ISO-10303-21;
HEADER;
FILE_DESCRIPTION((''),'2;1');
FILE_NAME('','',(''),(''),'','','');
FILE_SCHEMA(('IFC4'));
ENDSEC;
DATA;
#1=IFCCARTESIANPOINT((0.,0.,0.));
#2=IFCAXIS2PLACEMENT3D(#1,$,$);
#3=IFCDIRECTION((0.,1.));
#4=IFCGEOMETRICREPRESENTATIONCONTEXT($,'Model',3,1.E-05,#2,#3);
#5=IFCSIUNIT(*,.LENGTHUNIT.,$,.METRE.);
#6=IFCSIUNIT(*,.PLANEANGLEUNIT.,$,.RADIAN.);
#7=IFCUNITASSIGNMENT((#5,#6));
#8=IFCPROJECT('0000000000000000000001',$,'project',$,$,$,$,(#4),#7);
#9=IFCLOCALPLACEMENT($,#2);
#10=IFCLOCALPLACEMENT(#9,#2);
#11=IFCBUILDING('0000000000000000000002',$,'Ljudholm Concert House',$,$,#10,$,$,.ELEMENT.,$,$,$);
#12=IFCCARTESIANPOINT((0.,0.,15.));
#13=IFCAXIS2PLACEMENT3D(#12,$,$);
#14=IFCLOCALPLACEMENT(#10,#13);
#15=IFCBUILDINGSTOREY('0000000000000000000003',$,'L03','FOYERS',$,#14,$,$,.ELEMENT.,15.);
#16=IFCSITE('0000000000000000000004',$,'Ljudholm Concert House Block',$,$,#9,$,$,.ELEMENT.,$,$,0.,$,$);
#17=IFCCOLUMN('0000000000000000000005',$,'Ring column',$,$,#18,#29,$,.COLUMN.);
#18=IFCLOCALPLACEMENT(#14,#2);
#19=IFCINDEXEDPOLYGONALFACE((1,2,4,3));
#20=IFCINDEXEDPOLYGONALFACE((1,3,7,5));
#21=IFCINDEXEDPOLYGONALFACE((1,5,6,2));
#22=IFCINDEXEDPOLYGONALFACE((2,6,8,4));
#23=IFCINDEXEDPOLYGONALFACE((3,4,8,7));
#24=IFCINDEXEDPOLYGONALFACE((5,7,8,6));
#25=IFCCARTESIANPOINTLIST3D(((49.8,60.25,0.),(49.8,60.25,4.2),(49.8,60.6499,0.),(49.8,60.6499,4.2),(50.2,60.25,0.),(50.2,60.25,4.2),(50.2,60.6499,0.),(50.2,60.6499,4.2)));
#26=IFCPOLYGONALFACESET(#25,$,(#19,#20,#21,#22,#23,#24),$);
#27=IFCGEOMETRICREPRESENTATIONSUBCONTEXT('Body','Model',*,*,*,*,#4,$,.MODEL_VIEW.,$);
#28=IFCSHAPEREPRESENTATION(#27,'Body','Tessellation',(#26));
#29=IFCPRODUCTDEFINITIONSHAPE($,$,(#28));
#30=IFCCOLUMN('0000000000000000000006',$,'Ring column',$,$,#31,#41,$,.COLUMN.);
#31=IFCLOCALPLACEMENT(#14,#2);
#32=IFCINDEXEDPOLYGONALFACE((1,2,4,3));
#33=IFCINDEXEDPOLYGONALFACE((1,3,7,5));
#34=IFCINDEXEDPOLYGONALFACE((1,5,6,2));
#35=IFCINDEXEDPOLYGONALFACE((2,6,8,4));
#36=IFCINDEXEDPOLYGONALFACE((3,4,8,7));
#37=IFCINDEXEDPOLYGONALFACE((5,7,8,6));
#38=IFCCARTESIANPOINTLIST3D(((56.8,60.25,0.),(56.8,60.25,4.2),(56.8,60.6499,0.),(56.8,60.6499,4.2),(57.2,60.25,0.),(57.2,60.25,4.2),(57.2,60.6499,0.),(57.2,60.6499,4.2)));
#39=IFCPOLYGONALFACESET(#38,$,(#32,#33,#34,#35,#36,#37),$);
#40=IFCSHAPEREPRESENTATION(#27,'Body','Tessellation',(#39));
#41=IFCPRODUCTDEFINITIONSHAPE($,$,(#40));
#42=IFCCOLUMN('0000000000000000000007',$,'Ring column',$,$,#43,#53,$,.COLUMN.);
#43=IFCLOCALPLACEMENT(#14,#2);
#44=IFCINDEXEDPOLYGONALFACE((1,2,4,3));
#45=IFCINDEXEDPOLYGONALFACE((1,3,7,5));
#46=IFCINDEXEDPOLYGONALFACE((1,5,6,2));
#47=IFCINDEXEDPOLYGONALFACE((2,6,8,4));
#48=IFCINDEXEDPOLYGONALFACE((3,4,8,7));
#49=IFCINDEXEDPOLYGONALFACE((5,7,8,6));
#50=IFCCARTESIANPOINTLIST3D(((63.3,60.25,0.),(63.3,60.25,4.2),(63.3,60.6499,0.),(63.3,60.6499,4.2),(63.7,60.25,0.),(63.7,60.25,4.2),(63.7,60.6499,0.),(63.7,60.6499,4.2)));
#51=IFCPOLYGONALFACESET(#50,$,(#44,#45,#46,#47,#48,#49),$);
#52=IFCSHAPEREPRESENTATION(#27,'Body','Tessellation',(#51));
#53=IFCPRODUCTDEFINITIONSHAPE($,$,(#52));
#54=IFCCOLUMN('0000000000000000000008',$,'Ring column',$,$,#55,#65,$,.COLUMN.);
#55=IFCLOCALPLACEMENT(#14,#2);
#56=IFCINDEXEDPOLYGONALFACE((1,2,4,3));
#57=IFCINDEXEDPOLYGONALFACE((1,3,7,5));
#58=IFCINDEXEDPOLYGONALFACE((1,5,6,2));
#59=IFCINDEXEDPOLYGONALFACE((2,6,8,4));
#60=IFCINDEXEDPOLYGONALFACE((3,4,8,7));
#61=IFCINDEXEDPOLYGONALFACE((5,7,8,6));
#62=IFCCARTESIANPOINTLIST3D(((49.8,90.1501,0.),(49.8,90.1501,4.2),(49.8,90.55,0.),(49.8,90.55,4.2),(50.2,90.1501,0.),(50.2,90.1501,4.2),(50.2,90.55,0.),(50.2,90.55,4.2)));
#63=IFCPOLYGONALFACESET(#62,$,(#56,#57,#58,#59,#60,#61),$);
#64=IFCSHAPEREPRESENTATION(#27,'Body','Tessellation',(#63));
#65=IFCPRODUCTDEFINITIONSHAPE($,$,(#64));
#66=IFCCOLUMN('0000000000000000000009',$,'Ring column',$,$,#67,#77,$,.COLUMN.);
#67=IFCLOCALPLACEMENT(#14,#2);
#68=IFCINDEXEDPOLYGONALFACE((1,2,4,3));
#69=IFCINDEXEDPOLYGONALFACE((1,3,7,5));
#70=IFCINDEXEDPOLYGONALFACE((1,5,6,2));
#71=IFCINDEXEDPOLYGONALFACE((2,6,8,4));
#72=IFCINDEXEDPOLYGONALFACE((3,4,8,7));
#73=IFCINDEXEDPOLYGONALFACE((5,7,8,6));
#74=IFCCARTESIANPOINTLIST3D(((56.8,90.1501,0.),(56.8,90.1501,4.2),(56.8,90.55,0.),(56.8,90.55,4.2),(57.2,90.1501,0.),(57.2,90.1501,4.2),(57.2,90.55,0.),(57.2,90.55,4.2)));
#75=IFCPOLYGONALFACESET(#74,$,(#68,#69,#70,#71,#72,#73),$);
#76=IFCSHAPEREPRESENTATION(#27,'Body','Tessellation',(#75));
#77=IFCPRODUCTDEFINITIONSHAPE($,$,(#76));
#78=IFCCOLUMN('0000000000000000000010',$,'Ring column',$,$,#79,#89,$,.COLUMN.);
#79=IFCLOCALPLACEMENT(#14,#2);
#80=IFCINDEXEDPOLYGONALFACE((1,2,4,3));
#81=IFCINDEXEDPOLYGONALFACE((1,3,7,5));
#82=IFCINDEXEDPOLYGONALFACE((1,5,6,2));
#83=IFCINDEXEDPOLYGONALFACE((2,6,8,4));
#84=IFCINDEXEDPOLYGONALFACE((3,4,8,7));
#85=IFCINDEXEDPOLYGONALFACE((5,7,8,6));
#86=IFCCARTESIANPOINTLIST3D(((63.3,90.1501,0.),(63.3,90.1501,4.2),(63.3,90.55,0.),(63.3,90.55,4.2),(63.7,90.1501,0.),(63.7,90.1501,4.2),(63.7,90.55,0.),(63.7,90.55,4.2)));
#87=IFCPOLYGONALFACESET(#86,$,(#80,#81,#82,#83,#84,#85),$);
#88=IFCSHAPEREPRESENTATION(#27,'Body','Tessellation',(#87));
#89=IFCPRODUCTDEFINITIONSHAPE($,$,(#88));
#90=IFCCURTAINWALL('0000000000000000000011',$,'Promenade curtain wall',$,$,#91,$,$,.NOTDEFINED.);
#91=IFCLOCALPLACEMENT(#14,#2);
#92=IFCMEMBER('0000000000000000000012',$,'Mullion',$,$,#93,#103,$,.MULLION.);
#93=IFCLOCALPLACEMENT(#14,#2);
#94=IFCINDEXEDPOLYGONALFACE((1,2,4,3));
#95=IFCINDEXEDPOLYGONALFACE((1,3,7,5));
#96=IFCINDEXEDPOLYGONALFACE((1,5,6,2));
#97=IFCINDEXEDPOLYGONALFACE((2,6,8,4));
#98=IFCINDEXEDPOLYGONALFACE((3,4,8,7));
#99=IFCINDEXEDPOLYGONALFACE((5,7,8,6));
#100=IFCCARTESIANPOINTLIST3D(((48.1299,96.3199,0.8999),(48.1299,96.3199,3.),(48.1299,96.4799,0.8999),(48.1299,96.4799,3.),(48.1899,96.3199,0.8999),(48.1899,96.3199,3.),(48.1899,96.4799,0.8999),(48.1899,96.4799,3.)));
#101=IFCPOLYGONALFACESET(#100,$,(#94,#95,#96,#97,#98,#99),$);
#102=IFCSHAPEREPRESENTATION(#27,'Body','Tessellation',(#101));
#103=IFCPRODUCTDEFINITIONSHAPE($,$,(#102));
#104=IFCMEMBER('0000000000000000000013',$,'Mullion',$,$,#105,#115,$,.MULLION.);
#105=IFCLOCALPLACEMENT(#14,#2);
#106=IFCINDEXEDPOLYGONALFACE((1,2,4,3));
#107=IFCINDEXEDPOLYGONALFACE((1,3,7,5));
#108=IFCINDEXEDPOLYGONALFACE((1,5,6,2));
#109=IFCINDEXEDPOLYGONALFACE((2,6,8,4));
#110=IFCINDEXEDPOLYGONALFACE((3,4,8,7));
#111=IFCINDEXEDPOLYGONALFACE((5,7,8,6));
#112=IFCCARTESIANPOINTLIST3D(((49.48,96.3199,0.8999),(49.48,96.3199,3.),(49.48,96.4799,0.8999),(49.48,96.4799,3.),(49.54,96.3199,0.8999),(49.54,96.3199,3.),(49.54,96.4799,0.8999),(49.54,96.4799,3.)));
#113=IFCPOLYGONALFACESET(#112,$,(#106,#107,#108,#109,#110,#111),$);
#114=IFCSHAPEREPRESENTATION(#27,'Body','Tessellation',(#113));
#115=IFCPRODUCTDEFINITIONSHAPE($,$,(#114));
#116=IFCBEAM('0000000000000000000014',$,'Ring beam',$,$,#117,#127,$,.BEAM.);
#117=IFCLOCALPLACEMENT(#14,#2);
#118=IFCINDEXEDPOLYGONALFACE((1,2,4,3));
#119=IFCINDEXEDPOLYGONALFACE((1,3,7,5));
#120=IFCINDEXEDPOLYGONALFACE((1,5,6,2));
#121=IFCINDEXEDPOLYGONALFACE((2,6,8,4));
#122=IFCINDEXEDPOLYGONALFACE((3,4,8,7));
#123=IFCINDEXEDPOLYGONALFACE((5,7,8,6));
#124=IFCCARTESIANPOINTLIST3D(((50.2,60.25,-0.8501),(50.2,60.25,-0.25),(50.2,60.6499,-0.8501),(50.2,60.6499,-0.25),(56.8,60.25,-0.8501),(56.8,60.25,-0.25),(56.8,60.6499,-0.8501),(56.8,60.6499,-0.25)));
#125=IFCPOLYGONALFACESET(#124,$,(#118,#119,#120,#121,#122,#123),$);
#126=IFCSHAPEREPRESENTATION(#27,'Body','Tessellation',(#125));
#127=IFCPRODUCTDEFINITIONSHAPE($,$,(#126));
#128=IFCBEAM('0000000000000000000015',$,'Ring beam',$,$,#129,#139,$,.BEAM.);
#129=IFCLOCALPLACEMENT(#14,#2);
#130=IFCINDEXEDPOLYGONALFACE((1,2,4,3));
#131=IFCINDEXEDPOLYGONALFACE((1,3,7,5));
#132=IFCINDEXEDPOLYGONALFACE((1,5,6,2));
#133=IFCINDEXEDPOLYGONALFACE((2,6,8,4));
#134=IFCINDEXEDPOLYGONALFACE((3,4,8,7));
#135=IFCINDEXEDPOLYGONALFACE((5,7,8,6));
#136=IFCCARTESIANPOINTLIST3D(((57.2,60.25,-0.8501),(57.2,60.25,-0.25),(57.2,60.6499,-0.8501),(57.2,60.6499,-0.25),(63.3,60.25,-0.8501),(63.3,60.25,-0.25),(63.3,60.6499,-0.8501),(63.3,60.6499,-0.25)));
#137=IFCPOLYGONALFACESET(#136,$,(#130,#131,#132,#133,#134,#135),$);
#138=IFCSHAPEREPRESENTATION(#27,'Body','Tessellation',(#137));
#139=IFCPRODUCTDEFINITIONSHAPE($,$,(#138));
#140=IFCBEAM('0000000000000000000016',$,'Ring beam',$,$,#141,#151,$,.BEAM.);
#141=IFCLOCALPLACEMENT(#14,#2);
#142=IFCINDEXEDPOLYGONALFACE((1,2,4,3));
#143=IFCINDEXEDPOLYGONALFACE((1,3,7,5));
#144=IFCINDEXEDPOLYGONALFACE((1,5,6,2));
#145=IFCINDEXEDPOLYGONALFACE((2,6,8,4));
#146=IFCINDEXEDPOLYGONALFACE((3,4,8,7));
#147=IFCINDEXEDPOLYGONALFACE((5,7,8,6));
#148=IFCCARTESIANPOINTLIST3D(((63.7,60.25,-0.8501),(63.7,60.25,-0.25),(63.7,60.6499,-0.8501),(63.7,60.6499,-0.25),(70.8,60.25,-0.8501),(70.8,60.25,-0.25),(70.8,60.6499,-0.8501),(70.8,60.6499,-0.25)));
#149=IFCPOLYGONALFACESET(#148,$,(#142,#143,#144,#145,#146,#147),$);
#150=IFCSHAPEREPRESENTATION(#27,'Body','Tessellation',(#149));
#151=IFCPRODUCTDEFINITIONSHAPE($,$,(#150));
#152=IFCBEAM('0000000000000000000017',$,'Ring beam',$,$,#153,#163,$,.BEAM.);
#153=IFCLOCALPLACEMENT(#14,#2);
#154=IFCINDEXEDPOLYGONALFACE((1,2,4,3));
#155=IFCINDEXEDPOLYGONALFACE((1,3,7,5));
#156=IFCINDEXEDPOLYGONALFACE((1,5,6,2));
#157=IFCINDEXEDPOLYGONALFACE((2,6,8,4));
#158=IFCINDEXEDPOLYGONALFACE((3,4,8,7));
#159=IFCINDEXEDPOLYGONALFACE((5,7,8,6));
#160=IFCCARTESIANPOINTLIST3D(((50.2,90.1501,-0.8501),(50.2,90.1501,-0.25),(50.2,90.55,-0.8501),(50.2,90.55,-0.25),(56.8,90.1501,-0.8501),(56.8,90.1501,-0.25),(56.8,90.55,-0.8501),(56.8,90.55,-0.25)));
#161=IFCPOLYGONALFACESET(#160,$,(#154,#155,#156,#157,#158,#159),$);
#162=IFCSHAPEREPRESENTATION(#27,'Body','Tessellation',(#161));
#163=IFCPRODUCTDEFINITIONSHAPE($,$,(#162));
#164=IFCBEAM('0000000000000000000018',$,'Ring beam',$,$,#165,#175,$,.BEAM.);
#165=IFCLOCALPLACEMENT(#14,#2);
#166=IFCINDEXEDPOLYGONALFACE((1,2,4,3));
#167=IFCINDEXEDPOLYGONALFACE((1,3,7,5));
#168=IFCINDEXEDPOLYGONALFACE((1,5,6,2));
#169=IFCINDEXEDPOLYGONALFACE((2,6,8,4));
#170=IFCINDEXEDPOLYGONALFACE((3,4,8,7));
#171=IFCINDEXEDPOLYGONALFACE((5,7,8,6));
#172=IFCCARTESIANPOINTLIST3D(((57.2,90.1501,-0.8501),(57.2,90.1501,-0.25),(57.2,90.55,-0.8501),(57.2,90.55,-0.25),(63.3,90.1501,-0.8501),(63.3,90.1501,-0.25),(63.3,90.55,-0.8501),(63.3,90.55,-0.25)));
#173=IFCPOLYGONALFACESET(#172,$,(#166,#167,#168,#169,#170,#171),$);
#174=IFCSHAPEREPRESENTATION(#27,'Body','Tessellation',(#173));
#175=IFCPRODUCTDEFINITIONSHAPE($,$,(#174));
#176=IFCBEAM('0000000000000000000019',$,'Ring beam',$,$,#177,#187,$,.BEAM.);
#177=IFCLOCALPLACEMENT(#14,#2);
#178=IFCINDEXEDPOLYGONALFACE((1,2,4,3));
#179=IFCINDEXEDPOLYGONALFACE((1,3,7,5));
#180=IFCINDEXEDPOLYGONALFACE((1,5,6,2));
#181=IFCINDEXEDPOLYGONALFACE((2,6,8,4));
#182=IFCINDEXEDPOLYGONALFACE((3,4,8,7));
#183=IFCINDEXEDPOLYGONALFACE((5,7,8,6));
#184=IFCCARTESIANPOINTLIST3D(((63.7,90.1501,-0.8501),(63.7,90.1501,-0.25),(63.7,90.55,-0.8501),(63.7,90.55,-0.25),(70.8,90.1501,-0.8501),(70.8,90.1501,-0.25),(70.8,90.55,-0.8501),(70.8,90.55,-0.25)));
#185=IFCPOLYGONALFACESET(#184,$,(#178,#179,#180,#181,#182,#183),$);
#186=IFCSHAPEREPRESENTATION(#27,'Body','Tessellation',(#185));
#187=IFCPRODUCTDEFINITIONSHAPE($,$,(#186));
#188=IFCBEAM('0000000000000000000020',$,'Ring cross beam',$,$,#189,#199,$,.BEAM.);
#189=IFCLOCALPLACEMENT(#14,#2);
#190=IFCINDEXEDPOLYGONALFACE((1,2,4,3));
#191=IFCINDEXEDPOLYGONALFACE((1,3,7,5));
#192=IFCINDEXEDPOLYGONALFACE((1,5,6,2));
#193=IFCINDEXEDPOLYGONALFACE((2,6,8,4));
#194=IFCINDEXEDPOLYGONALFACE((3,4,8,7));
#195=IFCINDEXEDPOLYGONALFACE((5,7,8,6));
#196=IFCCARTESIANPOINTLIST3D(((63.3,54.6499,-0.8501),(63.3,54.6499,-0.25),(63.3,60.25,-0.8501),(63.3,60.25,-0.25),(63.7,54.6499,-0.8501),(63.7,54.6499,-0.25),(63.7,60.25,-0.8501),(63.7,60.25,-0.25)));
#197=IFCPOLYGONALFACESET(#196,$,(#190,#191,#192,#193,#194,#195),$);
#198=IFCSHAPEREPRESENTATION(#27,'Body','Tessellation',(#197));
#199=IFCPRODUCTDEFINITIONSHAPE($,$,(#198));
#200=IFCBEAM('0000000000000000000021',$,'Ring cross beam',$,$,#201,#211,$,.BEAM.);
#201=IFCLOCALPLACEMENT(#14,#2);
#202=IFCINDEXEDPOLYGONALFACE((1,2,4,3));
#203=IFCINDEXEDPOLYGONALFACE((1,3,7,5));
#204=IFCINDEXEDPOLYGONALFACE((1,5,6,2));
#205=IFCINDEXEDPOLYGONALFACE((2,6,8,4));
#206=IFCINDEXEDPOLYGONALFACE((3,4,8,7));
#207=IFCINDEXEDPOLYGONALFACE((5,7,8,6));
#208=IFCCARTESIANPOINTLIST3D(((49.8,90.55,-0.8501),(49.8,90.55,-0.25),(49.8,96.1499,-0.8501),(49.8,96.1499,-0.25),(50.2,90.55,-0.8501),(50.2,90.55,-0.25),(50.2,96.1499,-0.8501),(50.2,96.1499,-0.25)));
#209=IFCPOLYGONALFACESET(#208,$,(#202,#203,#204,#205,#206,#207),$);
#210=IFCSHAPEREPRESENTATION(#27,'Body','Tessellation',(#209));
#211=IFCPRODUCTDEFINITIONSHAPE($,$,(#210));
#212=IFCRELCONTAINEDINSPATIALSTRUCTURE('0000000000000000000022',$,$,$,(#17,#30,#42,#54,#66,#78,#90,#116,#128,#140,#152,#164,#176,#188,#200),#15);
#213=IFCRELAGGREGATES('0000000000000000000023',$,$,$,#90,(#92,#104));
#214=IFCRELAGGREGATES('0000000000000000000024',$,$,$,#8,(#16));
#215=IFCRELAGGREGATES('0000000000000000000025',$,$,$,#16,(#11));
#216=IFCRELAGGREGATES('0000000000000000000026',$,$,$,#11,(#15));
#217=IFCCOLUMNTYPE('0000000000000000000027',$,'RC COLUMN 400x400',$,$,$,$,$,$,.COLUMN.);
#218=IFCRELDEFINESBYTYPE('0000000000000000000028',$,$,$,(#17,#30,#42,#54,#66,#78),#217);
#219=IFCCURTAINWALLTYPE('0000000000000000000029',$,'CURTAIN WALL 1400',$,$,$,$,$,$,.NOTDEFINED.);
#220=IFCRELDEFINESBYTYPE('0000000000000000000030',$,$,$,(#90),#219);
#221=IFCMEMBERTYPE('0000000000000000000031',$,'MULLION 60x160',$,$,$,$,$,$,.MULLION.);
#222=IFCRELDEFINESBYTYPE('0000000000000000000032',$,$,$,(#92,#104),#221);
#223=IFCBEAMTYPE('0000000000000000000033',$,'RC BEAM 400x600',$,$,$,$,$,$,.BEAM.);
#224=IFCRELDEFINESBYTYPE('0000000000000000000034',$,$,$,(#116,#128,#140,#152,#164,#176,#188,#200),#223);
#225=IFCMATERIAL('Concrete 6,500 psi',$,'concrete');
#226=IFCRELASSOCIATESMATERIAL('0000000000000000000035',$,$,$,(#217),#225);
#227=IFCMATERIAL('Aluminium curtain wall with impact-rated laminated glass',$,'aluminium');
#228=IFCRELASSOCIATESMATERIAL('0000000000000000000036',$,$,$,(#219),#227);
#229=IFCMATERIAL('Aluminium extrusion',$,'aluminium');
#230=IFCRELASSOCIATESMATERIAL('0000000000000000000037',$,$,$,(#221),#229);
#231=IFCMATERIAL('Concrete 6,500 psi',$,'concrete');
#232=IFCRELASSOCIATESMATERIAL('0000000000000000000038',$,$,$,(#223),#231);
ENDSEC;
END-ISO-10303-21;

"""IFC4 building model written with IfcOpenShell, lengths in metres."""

from ifc_helpers import new_model, si_unit, direction, frame, origin, origin_2d, place, context, subcontext, project, spatial, rectangle, extrude, material, material_profile, profile_set, type_object, element, aggregate, save


model = new_model("IFC4")

# Units and contexts
model_context = context("Model", 3, precision=1e-05, world=origin(), true_north=direction((0.0, 1.0)))
body_context = subcontext(model_context, "Body", "Model", "MODEL_VIEW")
ifc_project = project(units=[si_unit("LENGTHUNIT", "METRE"), si_unit("PLANEANGLEUNIT", "RADIAN")], contexts=[model_context])

# Site, building, storey
site_placement = place(None, origin())
site = spatial("IfcSite", under=ifc_project, at=site_placement, Name="Ljudholm Concert House Block", CompositionType="ELEMENT", RefElevation=0.0)
building_placement = place(site_placement, origin())
building = spatial("IfcBuilding", under=site, at=building_placement, Name="Ljudholm Concert House", CompositionType="ELEMENT")
storey_placement = place(building_placement, frame((0.0, 0.0, 15.0)))
storey = spatial("IfcBuildingStorey", under=building, at=storey_placement, Name="L03", Description="FOYERS", CompositionType="ELEMENT", Elevation=15.0)

# Columns
ifc_material_1 = material(Name="Concrete 6,500 psi", Category="concrete")
ifc_material_profile_1 = material_profile(ifc_material_1, rectangle(XDim=0.3999, YDim=0.3999, at=origin_2d()), Name="RC COLUMN 400x400")
ifc_profile_set_1 = profile_set([ifc_material_profile_1], Name="Concrete 6,500 psi")
column_type = type_object("IfcColumnType", Name="RC COLUMN 400x400", PredefinedType="COLUMN", material=ifc_profile_set_1)
for number, where, z_axis, x_axis, name in (
    (1, (50.0, 60.45, 0.0), (0.0, 0.0, 1.0), (1.0, 0.0, 0.0), "Ring column"),
    (2, (57.0, 60.45, 0.0), (0.0, 0.0, 1.0), (1.0, 0.0, 0.0), "Ring column"),
    (3, (63.5, 60.45, 0.0), (0.0, 0.0, 1.0), (1.0, 0.0, 0.0), "Ring column"),
    (4, (50.0, 90.3501, 0.0), (0.0, 0.0, 1.0), (1.0, 0.0, 0.0), "Ring column"),
    (5, (57.0, 90.3501, 0.0), (0.0, 0.0, 1.0), (1.0, 0.0, 0.0), "Ring column"),
    (6, (63.5, 90.3501, 0.0), (0.0, 0.0, 1.0), (1.0, 0.0, 0.0), "Ring column"),
):
    element("IfcColumn", number, at=place(storey_placement, frame(where, z_axis=z_axis, x_axis=x_axis)), inside=storey, type_object=column_type, Name=name, PredefinedType="COLUMN", context=body_context, shape_type="SweptSolid", body=[
        extrude(rectangle(XDim=0.3999, YDim=0.3999, at=origin_2d()), origin(), (0.0, 0.0, 1.0), 4.2),
    ])

# Curtain wall, members
ifc_material_2 = material(Name="Aluminium curtain wall with impact-rated laminated glass", Category="aluminium")
curtain_wall_type = type_object("IfcCurtainWallType", Name="CURTAIN WALL 1400", PredefinedType="NOTDEFINED", material=ifc_material_2)
curtain_wall_placement = place(storey_placement, origin())
curtain_wall = element("IfcCurtainWall", 7, at=curtain_wall_placement, inside=storey, type_object=curtain_wall_type, Name="Promenade curtain wall", PredefinedType="NOTDEFINED")
ifc_material_3 = material(Name="Aluminium extrusion", Category="aluminium")
ifc_material_profile_2 = material_profile(ifc_material_3, rectangle(XDim=0.1599, YDim=0.0601, at=origin_2d()), Name="MULLION 60x160")
ifc_profile_set_2 = profile_set([ifc_material_profile_2], Name="Aluminium extrusion")
member_type_1 = type_object("IfcMemberType", Name="MULLION 60x160", PredefinedType="MULLION", material=ifc_profile_set_2)
member_1_placement = place(storey_placement, frame((48.1599, 96.3999, 0.8999), z_axis=(0.0, 0.0, 1.0), x_axis=(0.0, 1.0, 0.0)))
member_1 = element("IfcMember", 8, at=member_1_placement, type_object=member_type_1, Name="Mullion", PredefinedType="MULLION", context=body_context, shape_type="SweptSolid", body=[
    extrude(rectangle(XDim=0.1599, YDim=0.0601, at=origin_2d()), origin(), (0.0, 0.0, 1.0), 2.1001),
])
member_2_placement = place(storey_placement, frame((49.51, 96.3999, 0.8999), z_axis=(0.0, 0.0, 1.0), x_axis=(0.0, 1.0, 0.0)))
member_2 = element("IfcMember", 9, at=member_2_placement, type_object=member_type_1, Name="Mullion", PredefinedType="MULLION", context=body_context, shape_type="SweptSolid", body=[
    extrude(rectangle(XDim=0.1599, YDim=0.0601, at=origin_2d()), origin(), (0.0, 0.0, 1.0), 2.1001),
])

# Beams
ifc_material_4 = material(Name="Concrete 6,500 psi", Category="concrete")
ifc_material_profile_3 = material_profile(ifc_material_4, rectangle(XDim=0.3999, YDim=0.6001, at=origin_2d()), Name="RC BEAM 400x600")
ifc_profile_set_3 = profile_set([ifc_material_profile_3], Name="Concrete 6,500 psi")
beam_type = type_object("IfcBeamType", Name="RC BEAM 400x600", PredefinedType="BEAM", material=ifc_profile_set_3)
beam_1_placement = place(storey_placement, frame((50.2, 60.45, -0.55), z_axis=(1.0, 0.0, 0.0), x_axis=(0.0, 1.0, 0.0)))
element("IfcBeam", 10, at=beam_1_placement, inside=storey, type_object=beam_type, Name="Ring beam", PredefinedType="BEAM", context=body_context, shape_type="SweptSolid", body=[
    extrude(rectangle(XDim=0.3999, YDim=0.6001, at=origin_2d()), origin(), (0.0, 0.0, 1.0), 6.6001),
])
beam_2_placement = place(storey_placement, frame((57.2, 60.45, -0.55), z_axis=(1.0, 0.0, 0.0), x_axis=(0.0, 1.0, 0.0)))
element("IfcBeam", 11, at=beam_2_placement, inside=storey, type_object=beam_type, Name="Ring beam", PredefinedType="BEAM", context=body_context, shape_type="SweptSolid", body=[
    extrude(rectangle(XDim=0.3999, YDim=0.6001, at=origin_2d()), origin(), (0.0, 0.0, 1.0), 6.1001),
])
beam_3_placement = place(storey_placement, frame((63.7, 60.45, -0.55), z_axis=(1.0, 0.0, 0.0), x_axis=(0.0, 1.0, 0.0)))
element("IfcBeam", 12, at=beam_3_placement, inside=storey, type_object=beam_type, Name="Ring beam", PredefinedType="BEAM", context=body_context, shape_type="SweptSolid", body=[
    extrude(rectangle(XDim=0.3999, YDim=0.6001, at=origin_2d()), origin(), (0.0, 0.0, 1.0), 7.1001),
])
beam_4_placement = place(storey_placement, frame((50.2, 90.3501, -0.55), z_axis=(1.0, 0.0, 0.0), x_axis=(0.0, 1.0, 0.0)))
element("IfcBeam", 13, at=beam_4_placement, inside=storey, type_object=beam_type, Name="Ring beam", PredefinedType="BEAM", context=body_context, shape_type="SweptSolid", body=[
    extrude(rectangle(XDim=0.3999, YDim=0.6001, at=origin_2d()), origin(), (0.0, 0.0, 1.0), 6.6001),
])
beam_5_placement = place(storey_placement, frame((57.2, 90.3501, -0.55), z_axis=(1.0, 0.0, 0.0), x_axis=(0.0, 1.0, 0.0)))
element("IfcBeam", 14, at=beam_5_placement, inside=storey, type_object=beam_type, Name="Ring beam", PredefinedType="BEAM", context=body_context, shape_type="SweptSolid", body=[
    extrude(rectangle(XDim=0.3999, YDim=0.6001, at=origin_2d()), origin(), (0.0, 0.0, 1.0), 6.1001),
])
beam_6_placement = place(storey_placement, frame((63.7, 90.3501, -0.55), z_axis=(1.0, 0.0, 0.0), x_axis=(0.0, 1.0, 0.0)))
element("IfcBeam", 15, at=beam_6_placement, inside=storey, type_object=beam_type, Name="Ring beam", PredefinedType="BEAM", context=body_context, shape_type="SweptSolid", body=[
    extrude(rectangle(XDim=0.3999, YDim=0.6001, at=origin_2d()), origin(), (0.0, 0.0, 1.0), 7.1001),
])
beam_7_placement = place(storey_placement, frame((63.5, 60.25, -0.55), z_axis=(0.0, -1.0, 0.0), x_axis=(1.0, 0.0, 0.0)))
element("IfcBeam", 16, at=beam_7_placement, inside=storey, type_object=beam_type, Name="Ring cross beam", PredefinedType="BEAM", context=body_context, shape_type="SweptSolid", body=[
    extrude(rectangle(XDim=0.3999, YDim=0.6001, at=origin_2d()), origin(), (0.0, 0.0, 1.0), 5.6001),
])
for number, where, z_axis, x_axis, name in (
    (17, (50.0, 90.55, -0.55), (0.0, 1.0, 0.0), (-1.0, 0.0, 0.0), "Ring cross beam"),
):
    element("IfcBeam", number, at=place(storey_placement, frame(where, z_axis=z_axis, x_axis=x_axis)), inside=storey, type_object=beam_type, Name=name, PredefinedType="BEAM", context=body_context, shape_type="SweptSolid", body=[
        extrude(rectangle(XDim=0.3999, YDim=0.6001, at=origin_2d()), origin(), (0.0, 0.0, 1.0), 5.5999),
    ])

aggregate(curtain_wall, [member_1, member_2])

save(model, "model.ifc")
